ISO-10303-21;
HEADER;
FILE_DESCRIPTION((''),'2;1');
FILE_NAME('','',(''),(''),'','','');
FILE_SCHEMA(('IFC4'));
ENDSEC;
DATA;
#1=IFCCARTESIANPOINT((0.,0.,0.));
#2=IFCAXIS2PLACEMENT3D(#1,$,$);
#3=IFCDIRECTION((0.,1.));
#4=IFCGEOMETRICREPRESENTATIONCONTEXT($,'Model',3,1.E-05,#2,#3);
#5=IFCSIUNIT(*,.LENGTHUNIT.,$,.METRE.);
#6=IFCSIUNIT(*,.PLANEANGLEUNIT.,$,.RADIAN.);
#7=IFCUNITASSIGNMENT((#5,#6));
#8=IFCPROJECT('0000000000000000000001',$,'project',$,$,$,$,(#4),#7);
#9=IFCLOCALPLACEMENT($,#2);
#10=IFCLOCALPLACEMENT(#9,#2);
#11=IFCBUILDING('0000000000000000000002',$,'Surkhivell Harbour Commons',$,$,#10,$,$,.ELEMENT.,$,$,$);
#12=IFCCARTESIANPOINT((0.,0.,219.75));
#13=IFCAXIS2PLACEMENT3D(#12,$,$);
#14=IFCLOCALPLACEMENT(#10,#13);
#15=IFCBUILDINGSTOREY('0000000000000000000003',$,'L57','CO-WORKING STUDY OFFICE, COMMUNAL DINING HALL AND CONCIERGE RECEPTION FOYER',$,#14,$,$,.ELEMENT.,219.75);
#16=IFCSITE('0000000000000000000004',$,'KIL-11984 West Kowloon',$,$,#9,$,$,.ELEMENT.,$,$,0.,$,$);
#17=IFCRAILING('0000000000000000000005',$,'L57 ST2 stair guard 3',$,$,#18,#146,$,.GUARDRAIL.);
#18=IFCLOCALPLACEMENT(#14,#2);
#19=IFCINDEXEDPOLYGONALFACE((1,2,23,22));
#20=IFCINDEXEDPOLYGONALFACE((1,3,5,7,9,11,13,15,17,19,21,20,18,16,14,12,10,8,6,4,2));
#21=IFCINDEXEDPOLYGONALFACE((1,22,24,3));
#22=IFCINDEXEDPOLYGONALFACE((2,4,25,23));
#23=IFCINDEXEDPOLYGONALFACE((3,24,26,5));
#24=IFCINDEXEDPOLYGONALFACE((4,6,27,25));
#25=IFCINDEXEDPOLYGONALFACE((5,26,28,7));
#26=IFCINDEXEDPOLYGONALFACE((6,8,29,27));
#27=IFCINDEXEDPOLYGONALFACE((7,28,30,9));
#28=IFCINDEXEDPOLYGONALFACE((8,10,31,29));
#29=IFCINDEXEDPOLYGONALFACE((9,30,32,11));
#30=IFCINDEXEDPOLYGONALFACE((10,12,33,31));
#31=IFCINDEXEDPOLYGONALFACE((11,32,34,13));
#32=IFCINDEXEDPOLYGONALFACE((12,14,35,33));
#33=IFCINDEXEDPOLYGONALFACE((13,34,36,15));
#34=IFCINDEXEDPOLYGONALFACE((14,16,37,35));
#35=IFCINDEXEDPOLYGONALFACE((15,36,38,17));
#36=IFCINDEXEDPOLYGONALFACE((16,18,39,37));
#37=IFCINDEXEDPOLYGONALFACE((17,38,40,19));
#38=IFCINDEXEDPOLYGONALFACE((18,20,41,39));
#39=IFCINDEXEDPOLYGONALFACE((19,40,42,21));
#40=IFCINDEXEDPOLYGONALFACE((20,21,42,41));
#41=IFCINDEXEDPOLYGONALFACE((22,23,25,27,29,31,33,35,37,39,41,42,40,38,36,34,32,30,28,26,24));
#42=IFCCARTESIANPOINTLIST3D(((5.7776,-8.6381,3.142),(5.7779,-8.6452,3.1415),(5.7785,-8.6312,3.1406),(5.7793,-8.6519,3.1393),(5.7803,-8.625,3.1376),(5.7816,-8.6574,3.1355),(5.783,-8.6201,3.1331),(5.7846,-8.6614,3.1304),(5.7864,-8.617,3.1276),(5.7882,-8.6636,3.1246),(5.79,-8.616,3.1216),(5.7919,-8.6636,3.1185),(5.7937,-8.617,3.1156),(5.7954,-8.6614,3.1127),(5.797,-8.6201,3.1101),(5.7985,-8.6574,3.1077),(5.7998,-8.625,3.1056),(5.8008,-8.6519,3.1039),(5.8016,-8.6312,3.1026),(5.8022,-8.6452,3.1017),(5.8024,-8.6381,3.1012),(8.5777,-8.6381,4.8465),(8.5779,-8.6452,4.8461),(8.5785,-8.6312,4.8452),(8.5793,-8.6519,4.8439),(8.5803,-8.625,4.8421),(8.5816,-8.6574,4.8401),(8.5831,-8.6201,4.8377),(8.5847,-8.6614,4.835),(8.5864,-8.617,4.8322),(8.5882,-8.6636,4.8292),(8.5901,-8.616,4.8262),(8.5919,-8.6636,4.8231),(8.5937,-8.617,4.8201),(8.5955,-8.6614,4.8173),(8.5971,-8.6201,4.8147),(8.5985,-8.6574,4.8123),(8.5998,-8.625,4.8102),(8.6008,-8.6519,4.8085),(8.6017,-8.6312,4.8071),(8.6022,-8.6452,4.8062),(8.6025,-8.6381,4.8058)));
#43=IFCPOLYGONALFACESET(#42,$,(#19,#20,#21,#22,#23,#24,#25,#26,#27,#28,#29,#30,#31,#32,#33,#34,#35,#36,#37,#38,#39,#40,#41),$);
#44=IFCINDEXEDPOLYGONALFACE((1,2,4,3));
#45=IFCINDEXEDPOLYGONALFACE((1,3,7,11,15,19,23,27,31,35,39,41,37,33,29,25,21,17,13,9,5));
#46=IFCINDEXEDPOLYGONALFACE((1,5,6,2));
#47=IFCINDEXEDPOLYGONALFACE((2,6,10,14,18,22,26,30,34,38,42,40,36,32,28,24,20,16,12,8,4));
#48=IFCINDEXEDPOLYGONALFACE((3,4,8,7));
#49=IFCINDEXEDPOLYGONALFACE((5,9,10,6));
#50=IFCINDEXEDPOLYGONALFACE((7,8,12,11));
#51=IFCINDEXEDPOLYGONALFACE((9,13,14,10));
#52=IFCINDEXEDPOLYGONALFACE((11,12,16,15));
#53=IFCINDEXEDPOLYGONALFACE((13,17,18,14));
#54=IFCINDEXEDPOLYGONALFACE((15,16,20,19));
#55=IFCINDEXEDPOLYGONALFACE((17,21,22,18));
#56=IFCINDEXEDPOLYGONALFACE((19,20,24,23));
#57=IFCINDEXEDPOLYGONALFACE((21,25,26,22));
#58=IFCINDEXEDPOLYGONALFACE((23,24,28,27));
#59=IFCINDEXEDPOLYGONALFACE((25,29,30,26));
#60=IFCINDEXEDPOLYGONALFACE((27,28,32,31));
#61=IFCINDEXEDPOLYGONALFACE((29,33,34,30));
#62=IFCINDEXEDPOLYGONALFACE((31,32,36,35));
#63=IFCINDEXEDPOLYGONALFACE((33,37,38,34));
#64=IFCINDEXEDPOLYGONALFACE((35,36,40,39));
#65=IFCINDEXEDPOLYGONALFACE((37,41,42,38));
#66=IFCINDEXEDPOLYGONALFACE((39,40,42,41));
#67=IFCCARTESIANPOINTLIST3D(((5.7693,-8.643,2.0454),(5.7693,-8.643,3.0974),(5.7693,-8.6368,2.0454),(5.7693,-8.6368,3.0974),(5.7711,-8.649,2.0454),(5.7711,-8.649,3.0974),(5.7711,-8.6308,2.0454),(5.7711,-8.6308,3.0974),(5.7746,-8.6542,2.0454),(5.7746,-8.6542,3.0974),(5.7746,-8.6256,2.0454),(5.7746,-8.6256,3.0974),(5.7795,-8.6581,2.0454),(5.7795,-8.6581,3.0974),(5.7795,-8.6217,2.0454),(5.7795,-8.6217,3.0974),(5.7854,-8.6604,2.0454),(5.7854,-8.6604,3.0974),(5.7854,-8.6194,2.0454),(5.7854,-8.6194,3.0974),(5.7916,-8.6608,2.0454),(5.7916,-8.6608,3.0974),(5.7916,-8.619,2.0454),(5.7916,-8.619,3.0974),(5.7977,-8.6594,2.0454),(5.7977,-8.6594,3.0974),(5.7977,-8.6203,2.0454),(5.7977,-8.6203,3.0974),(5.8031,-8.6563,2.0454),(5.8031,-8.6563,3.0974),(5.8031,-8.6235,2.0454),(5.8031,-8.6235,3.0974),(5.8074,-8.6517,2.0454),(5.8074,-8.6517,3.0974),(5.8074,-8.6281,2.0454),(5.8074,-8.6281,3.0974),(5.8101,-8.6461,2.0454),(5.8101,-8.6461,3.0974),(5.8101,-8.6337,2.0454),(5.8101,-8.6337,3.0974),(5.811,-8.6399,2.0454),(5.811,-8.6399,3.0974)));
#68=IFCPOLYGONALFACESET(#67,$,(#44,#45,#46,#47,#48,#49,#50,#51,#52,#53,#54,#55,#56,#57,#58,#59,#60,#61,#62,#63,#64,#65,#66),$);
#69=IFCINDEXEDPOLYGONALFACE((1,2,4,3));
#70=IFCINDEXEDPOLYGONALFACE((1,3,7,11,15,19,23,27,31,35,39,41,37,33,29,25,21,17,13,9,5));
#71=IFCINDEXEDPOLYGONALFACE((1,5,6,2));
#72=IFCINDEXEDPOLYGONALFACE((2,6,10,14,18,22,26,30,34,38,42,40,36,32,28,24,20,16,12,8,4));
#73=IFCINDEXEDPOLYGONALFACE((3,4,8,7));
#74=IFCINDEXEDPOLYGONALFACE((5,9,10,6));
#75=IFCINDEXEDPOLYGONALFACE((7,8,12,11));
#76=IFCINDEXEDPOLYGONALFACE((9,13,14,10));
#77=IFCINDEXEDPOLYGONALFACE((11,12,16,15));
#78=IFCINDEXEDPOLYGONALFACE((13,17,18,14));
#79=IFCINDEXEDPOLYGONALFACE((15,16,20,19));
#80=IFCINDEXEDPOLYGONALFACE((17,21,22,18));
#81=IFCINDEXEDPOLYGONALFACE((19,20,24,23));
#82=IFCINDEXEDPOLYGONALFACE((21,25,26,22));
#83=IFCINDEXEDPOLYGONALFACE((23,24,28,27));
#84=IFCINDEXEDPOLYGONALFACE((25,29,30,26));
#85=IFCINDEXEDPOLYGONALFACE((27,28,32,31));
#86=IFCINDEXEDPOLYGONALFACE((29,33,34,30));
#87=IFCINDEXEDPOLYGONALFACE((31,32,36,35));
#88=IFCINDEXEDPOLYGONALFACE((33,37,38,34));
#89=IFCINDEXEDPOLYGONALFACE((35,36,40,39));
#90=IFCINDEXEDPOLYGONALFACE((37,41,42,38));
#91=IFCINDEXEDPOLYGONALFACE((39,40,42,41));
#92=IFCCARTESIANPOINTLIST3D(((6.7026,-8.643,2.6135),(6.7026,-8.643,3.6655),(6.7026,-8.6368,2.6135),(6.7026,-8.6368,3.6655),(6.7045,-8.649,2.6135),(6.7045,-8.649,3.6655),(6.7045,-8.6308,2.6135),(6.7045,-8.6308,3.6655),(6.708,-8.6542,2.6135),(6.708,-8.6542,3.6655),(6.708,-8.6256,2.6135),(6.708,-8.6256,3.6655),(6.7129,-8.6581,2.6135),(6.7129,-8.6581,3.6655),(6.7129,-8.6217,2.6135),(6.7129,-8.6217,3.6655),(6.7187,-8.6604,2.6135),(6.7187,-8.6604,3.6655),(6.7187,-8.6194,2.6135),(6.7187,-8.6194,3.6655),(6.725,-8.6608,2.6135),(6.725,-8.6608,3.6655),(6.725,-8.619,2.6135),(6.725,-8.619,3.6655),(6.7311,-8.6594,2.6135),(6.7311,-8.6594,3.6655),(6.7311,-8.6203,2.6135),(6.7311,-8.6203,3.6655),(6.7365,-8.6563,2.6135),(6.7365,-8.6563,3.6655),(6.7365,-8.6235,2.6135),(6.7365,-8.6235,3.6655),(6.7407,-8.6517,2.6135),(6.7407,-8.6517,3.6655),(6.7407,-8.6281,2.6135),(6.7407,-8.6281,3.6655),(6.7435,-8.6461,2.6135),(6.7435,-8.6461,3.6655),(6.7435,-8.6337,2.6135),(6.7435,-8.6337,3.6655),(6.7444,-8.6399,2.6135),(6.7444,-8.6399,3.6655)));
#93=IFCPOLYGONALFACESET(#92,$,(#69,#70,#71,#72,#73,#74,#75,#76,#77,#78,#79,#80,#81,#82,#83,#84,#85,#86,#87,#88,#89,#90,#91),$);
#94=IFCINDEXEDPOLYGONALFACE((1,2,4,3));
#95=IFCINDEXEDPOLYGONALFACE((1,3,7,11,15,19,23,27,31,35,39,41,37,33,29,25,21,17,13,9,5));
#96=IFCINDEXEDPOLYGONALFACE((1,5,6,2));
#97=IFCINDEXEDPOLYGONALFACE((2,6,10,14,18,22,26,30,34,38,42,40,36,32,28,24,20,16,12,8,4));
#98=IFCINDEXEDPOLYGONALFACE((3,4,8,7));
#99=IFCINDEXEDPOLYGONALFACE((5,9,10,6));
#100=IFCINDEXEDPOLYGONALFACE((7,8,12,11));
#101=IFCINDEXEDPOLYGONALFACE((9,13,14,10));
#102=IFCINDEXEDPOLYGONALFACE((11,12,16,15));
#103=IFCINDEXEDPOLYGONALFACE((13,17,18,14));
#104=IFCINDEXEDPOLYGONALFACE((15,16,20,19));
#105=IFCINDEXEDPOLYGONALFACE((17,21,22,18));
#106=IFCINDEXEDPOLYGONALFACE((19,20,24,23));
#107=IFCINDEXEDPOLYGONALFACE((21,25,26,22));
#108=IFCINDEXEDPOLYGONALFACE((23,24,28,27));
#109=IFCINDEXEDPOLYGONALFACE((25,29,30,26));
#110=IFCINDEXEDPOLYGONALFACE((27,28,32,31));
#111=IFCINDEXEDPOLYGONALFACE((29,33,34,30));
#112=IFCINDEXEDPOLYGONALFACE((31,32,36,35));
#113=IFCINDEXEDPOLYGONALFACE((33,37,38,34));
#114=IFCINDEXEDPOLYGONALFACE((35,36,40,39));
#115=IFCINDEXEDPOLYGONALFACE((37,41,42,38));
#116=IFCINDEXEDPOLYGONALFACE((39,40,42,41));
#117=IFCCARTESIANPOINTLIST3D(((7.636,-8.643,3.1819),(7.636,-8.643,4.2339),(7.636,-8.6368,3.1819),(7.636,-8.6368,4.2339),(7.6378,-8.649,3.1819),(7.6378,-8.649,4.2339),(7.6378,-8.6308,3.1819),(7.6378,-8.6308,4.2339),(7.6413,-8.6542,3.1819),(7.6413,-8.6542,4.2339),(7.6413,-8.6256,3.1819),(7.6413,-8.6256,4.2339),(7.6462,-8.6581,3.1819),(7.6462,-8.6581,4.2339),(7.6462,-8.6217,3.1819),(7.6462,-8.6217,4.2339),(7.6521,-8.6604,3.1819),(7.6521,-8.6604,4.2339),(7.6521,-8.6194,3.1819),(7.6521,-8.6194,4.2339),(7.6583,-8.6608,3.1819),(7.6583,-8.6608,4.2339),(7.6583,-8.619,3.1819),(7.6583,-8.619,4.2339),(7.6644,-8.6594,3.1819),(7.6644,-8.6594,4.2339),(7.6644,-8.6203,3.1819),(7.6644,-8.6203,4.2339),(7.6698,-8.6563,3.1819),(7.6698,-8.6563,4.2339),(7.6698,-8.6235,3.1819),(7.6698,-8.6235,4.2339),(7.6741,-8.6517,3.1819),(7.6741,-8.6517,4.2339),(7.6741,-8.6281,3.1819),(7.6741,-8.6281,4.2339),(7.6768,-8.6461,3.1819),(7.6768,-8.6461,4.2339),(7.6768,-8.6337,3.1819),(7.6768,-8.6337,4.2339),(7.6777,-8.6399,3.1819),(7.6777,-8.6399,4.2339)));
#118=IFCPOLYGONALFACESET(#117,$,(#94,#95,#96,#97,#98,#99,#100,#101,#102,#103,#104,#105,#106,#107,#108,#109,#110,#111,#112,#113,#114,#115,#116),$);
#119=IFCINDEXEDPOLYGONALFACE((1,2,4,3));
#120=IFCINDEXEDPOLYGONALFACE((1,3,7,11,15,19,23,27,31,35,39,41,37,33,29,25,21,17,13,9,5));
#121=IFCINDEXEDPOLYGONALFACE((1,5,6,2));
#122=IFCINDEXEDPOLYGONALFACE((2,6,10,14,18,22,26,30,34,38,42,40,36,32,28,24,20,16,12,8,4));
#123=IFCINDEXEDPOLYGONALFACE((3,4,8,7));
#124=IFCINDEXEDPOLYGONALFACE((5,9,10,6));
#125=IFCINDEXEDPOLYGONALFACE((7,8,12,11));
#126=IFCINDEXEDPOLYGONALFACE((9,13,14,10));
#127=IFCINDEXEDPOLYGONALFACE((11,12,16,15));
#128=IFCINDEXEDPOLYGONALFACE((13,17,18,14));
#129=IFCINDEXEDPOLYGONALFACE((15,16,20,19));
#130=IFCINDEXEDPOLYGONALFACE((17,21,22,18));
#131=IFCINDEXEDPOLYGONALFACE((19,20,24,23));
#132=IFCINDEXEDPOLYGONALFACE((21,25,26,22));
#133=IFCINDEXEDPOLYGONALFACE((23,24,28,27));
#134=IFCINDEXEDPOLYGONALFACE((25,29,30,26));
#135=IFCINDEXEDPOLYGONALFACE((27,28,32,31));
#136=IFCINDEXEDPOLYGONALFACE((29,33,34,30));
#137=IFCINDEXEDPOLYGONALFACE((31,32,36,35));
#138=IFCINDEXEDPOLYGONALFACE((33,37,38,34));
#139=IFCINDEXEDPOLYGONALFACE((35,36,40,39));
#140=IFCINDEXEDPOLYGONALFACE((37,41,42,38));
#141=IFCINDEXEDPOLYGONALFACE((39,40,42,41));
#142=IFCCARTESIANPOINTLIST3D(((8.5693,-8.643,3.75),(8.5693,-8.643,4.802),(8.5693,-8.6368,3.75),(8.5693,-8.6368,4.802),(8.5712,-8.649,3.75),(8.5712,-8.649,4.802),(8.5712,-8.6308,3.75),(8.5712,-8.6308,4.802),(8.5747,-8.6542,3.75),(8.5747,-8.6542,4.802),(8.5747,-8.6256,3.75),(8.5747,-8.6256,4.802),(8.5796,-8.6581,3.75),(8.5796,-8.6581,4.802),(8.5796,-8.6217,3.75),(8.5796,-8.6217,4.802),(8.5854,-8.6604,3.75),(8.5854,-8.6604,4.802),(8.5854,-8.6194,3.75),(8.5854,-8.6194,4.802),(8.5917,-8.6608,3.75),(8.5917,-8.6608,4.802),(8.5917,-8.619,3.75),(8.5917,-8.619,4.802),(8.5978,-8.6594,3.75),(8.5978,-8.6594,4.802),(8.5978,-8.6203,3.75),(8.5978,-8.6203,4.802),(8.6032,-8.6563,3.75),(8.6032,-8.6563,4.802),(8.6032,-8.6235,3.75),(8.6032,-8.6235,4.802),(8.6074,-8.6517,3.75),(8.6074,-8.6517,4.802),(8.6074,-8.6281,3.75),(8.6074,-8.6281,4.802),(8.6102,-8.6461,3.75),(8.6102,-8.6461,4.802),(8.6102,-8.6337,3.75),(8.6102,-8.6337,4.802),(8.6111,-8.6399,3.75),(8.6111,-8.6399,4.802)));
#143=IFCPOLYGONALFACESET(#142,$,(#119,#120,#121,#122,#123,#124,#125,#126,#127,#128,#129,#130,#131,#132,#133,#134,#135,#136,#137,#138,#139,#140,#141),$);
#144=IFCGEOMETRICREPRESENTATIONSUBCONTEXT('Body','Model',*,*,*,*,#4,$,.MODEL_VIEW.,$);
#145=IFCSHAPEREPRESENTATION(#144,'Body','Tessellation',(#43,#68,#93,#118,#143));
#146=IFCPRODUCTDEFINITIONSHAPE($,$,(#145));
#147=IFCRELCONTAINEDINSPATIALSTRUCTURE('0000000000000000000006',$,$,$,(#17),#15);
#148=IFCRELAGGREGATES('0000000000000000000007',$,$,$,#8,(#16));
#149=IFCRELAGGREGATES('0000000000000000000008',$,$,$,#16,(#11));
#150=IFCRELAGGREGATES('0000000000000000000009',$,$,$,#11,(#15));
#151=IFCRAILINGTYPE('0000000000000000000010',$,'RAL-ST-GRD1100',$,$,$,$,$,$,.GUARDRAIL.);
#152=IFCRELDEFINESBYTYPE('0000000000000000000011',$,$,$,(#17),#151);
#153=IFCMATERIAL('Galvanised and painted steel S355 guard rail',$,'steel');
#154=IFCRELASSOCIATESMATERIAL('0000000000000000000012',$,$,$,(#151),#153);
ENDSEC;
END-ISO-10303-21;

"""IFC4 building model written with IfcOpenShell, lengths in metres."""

from ifc_helpers import new_model, si_unit, direction, frame, origin, origin_2d, place, context, subcontext, project, spatial, circle, extrude, material, type_object, element, save


model = new_model("IFC4")

# Units and contexts
model_context = context("Model", 3, precision=1e-05, world=origin(), true_north=direction((0.0, 1.0)))
body_context = subcontext(model_context, "Body", "Model", "MODEL_VIEW")
ifc_project = project(units=[si_unit("LENGTHUNIT", "METRE"), si_unit("PLANEANGLEUNIT", "RADIAN")], contexts=[model_context])

# Site, building, storey
site_placement = place(None, origin())
site = spatial("IfcSite", under=ifc_project, at=site_placement, Name="KIL-11984 West Kowloon", CompositionType="ELEMENT", RefElevation=0.0)
building_placement = place(site_placement, origin())
building = spatial("IfcBuilding", under=site, at=building_placement, Name="Surkhivell Harbour Commons", CompositionType="ELEMENT")
storey_placement = place(building_placement, frame((0.0, 0.0, 219.75)))
storey = spatial("IfcBuildingStorey", under=building, at=storey_placement, Name="L57", Description="CO-WORKING STUDY OFFICE, COMMUNAL DINING HALL AND CONCIERGE RECEPTION FOYER", CompositionType="ELEMENT", Elevation=219.75)

# Railing
ifc_material_1 = material(Name="Galvanised and painted steel S355 guard rail", Category="steel")
railing_type = type_object("IfcRailingType", Name="RAL-ST-GRD1100", PredefinedType="GUARDRAIL", material=ifc_material_1)
railing_placement = place(storey_placement, frame((5.79, -8.6399, 2.0454)))
element("IfcRailing", 1, at=railing_placement, inside=storey, type_object=railing_type, Name="L57 ST2 stair guard 3", PredefinedType="GUARDRAIL", context=body_context, shape_type="SweptSolid", body=[
    extrude(circle(Radius=0.0239, at=origin_2d()), frame((0.0, 0.0, 1.0762), z_axis=(0.85417, 0.0, 0.519994), x_axis=(0.0, 1.0, 0.0)), (0.0, 0.0, 1.0), 3.2781),
    extrude(circle(Radius=0.021, at=origin_2d()), origin(), (0.0, 0.0, 1.0), 1.052),
    extrude(circle(Radius=0.021, at=origin_2d()), frame((0.9333, 0.0, 0.5681)), (0.0, 0.0, 1.0), 1.052),
    extrude(circle(Radius=0.021, at=origin_2d()), frame((1.8667, 0.0, 1.1365)), (0.0, 0.0, 1.0), 1.052),
    extrude(circle(Radius=0.021, at=origin_2d()), frame((2.8, 0.0, 1.7046)), (0.0, 0.0, 1.0), 1.052),
])

save(model, "model.ifc")
